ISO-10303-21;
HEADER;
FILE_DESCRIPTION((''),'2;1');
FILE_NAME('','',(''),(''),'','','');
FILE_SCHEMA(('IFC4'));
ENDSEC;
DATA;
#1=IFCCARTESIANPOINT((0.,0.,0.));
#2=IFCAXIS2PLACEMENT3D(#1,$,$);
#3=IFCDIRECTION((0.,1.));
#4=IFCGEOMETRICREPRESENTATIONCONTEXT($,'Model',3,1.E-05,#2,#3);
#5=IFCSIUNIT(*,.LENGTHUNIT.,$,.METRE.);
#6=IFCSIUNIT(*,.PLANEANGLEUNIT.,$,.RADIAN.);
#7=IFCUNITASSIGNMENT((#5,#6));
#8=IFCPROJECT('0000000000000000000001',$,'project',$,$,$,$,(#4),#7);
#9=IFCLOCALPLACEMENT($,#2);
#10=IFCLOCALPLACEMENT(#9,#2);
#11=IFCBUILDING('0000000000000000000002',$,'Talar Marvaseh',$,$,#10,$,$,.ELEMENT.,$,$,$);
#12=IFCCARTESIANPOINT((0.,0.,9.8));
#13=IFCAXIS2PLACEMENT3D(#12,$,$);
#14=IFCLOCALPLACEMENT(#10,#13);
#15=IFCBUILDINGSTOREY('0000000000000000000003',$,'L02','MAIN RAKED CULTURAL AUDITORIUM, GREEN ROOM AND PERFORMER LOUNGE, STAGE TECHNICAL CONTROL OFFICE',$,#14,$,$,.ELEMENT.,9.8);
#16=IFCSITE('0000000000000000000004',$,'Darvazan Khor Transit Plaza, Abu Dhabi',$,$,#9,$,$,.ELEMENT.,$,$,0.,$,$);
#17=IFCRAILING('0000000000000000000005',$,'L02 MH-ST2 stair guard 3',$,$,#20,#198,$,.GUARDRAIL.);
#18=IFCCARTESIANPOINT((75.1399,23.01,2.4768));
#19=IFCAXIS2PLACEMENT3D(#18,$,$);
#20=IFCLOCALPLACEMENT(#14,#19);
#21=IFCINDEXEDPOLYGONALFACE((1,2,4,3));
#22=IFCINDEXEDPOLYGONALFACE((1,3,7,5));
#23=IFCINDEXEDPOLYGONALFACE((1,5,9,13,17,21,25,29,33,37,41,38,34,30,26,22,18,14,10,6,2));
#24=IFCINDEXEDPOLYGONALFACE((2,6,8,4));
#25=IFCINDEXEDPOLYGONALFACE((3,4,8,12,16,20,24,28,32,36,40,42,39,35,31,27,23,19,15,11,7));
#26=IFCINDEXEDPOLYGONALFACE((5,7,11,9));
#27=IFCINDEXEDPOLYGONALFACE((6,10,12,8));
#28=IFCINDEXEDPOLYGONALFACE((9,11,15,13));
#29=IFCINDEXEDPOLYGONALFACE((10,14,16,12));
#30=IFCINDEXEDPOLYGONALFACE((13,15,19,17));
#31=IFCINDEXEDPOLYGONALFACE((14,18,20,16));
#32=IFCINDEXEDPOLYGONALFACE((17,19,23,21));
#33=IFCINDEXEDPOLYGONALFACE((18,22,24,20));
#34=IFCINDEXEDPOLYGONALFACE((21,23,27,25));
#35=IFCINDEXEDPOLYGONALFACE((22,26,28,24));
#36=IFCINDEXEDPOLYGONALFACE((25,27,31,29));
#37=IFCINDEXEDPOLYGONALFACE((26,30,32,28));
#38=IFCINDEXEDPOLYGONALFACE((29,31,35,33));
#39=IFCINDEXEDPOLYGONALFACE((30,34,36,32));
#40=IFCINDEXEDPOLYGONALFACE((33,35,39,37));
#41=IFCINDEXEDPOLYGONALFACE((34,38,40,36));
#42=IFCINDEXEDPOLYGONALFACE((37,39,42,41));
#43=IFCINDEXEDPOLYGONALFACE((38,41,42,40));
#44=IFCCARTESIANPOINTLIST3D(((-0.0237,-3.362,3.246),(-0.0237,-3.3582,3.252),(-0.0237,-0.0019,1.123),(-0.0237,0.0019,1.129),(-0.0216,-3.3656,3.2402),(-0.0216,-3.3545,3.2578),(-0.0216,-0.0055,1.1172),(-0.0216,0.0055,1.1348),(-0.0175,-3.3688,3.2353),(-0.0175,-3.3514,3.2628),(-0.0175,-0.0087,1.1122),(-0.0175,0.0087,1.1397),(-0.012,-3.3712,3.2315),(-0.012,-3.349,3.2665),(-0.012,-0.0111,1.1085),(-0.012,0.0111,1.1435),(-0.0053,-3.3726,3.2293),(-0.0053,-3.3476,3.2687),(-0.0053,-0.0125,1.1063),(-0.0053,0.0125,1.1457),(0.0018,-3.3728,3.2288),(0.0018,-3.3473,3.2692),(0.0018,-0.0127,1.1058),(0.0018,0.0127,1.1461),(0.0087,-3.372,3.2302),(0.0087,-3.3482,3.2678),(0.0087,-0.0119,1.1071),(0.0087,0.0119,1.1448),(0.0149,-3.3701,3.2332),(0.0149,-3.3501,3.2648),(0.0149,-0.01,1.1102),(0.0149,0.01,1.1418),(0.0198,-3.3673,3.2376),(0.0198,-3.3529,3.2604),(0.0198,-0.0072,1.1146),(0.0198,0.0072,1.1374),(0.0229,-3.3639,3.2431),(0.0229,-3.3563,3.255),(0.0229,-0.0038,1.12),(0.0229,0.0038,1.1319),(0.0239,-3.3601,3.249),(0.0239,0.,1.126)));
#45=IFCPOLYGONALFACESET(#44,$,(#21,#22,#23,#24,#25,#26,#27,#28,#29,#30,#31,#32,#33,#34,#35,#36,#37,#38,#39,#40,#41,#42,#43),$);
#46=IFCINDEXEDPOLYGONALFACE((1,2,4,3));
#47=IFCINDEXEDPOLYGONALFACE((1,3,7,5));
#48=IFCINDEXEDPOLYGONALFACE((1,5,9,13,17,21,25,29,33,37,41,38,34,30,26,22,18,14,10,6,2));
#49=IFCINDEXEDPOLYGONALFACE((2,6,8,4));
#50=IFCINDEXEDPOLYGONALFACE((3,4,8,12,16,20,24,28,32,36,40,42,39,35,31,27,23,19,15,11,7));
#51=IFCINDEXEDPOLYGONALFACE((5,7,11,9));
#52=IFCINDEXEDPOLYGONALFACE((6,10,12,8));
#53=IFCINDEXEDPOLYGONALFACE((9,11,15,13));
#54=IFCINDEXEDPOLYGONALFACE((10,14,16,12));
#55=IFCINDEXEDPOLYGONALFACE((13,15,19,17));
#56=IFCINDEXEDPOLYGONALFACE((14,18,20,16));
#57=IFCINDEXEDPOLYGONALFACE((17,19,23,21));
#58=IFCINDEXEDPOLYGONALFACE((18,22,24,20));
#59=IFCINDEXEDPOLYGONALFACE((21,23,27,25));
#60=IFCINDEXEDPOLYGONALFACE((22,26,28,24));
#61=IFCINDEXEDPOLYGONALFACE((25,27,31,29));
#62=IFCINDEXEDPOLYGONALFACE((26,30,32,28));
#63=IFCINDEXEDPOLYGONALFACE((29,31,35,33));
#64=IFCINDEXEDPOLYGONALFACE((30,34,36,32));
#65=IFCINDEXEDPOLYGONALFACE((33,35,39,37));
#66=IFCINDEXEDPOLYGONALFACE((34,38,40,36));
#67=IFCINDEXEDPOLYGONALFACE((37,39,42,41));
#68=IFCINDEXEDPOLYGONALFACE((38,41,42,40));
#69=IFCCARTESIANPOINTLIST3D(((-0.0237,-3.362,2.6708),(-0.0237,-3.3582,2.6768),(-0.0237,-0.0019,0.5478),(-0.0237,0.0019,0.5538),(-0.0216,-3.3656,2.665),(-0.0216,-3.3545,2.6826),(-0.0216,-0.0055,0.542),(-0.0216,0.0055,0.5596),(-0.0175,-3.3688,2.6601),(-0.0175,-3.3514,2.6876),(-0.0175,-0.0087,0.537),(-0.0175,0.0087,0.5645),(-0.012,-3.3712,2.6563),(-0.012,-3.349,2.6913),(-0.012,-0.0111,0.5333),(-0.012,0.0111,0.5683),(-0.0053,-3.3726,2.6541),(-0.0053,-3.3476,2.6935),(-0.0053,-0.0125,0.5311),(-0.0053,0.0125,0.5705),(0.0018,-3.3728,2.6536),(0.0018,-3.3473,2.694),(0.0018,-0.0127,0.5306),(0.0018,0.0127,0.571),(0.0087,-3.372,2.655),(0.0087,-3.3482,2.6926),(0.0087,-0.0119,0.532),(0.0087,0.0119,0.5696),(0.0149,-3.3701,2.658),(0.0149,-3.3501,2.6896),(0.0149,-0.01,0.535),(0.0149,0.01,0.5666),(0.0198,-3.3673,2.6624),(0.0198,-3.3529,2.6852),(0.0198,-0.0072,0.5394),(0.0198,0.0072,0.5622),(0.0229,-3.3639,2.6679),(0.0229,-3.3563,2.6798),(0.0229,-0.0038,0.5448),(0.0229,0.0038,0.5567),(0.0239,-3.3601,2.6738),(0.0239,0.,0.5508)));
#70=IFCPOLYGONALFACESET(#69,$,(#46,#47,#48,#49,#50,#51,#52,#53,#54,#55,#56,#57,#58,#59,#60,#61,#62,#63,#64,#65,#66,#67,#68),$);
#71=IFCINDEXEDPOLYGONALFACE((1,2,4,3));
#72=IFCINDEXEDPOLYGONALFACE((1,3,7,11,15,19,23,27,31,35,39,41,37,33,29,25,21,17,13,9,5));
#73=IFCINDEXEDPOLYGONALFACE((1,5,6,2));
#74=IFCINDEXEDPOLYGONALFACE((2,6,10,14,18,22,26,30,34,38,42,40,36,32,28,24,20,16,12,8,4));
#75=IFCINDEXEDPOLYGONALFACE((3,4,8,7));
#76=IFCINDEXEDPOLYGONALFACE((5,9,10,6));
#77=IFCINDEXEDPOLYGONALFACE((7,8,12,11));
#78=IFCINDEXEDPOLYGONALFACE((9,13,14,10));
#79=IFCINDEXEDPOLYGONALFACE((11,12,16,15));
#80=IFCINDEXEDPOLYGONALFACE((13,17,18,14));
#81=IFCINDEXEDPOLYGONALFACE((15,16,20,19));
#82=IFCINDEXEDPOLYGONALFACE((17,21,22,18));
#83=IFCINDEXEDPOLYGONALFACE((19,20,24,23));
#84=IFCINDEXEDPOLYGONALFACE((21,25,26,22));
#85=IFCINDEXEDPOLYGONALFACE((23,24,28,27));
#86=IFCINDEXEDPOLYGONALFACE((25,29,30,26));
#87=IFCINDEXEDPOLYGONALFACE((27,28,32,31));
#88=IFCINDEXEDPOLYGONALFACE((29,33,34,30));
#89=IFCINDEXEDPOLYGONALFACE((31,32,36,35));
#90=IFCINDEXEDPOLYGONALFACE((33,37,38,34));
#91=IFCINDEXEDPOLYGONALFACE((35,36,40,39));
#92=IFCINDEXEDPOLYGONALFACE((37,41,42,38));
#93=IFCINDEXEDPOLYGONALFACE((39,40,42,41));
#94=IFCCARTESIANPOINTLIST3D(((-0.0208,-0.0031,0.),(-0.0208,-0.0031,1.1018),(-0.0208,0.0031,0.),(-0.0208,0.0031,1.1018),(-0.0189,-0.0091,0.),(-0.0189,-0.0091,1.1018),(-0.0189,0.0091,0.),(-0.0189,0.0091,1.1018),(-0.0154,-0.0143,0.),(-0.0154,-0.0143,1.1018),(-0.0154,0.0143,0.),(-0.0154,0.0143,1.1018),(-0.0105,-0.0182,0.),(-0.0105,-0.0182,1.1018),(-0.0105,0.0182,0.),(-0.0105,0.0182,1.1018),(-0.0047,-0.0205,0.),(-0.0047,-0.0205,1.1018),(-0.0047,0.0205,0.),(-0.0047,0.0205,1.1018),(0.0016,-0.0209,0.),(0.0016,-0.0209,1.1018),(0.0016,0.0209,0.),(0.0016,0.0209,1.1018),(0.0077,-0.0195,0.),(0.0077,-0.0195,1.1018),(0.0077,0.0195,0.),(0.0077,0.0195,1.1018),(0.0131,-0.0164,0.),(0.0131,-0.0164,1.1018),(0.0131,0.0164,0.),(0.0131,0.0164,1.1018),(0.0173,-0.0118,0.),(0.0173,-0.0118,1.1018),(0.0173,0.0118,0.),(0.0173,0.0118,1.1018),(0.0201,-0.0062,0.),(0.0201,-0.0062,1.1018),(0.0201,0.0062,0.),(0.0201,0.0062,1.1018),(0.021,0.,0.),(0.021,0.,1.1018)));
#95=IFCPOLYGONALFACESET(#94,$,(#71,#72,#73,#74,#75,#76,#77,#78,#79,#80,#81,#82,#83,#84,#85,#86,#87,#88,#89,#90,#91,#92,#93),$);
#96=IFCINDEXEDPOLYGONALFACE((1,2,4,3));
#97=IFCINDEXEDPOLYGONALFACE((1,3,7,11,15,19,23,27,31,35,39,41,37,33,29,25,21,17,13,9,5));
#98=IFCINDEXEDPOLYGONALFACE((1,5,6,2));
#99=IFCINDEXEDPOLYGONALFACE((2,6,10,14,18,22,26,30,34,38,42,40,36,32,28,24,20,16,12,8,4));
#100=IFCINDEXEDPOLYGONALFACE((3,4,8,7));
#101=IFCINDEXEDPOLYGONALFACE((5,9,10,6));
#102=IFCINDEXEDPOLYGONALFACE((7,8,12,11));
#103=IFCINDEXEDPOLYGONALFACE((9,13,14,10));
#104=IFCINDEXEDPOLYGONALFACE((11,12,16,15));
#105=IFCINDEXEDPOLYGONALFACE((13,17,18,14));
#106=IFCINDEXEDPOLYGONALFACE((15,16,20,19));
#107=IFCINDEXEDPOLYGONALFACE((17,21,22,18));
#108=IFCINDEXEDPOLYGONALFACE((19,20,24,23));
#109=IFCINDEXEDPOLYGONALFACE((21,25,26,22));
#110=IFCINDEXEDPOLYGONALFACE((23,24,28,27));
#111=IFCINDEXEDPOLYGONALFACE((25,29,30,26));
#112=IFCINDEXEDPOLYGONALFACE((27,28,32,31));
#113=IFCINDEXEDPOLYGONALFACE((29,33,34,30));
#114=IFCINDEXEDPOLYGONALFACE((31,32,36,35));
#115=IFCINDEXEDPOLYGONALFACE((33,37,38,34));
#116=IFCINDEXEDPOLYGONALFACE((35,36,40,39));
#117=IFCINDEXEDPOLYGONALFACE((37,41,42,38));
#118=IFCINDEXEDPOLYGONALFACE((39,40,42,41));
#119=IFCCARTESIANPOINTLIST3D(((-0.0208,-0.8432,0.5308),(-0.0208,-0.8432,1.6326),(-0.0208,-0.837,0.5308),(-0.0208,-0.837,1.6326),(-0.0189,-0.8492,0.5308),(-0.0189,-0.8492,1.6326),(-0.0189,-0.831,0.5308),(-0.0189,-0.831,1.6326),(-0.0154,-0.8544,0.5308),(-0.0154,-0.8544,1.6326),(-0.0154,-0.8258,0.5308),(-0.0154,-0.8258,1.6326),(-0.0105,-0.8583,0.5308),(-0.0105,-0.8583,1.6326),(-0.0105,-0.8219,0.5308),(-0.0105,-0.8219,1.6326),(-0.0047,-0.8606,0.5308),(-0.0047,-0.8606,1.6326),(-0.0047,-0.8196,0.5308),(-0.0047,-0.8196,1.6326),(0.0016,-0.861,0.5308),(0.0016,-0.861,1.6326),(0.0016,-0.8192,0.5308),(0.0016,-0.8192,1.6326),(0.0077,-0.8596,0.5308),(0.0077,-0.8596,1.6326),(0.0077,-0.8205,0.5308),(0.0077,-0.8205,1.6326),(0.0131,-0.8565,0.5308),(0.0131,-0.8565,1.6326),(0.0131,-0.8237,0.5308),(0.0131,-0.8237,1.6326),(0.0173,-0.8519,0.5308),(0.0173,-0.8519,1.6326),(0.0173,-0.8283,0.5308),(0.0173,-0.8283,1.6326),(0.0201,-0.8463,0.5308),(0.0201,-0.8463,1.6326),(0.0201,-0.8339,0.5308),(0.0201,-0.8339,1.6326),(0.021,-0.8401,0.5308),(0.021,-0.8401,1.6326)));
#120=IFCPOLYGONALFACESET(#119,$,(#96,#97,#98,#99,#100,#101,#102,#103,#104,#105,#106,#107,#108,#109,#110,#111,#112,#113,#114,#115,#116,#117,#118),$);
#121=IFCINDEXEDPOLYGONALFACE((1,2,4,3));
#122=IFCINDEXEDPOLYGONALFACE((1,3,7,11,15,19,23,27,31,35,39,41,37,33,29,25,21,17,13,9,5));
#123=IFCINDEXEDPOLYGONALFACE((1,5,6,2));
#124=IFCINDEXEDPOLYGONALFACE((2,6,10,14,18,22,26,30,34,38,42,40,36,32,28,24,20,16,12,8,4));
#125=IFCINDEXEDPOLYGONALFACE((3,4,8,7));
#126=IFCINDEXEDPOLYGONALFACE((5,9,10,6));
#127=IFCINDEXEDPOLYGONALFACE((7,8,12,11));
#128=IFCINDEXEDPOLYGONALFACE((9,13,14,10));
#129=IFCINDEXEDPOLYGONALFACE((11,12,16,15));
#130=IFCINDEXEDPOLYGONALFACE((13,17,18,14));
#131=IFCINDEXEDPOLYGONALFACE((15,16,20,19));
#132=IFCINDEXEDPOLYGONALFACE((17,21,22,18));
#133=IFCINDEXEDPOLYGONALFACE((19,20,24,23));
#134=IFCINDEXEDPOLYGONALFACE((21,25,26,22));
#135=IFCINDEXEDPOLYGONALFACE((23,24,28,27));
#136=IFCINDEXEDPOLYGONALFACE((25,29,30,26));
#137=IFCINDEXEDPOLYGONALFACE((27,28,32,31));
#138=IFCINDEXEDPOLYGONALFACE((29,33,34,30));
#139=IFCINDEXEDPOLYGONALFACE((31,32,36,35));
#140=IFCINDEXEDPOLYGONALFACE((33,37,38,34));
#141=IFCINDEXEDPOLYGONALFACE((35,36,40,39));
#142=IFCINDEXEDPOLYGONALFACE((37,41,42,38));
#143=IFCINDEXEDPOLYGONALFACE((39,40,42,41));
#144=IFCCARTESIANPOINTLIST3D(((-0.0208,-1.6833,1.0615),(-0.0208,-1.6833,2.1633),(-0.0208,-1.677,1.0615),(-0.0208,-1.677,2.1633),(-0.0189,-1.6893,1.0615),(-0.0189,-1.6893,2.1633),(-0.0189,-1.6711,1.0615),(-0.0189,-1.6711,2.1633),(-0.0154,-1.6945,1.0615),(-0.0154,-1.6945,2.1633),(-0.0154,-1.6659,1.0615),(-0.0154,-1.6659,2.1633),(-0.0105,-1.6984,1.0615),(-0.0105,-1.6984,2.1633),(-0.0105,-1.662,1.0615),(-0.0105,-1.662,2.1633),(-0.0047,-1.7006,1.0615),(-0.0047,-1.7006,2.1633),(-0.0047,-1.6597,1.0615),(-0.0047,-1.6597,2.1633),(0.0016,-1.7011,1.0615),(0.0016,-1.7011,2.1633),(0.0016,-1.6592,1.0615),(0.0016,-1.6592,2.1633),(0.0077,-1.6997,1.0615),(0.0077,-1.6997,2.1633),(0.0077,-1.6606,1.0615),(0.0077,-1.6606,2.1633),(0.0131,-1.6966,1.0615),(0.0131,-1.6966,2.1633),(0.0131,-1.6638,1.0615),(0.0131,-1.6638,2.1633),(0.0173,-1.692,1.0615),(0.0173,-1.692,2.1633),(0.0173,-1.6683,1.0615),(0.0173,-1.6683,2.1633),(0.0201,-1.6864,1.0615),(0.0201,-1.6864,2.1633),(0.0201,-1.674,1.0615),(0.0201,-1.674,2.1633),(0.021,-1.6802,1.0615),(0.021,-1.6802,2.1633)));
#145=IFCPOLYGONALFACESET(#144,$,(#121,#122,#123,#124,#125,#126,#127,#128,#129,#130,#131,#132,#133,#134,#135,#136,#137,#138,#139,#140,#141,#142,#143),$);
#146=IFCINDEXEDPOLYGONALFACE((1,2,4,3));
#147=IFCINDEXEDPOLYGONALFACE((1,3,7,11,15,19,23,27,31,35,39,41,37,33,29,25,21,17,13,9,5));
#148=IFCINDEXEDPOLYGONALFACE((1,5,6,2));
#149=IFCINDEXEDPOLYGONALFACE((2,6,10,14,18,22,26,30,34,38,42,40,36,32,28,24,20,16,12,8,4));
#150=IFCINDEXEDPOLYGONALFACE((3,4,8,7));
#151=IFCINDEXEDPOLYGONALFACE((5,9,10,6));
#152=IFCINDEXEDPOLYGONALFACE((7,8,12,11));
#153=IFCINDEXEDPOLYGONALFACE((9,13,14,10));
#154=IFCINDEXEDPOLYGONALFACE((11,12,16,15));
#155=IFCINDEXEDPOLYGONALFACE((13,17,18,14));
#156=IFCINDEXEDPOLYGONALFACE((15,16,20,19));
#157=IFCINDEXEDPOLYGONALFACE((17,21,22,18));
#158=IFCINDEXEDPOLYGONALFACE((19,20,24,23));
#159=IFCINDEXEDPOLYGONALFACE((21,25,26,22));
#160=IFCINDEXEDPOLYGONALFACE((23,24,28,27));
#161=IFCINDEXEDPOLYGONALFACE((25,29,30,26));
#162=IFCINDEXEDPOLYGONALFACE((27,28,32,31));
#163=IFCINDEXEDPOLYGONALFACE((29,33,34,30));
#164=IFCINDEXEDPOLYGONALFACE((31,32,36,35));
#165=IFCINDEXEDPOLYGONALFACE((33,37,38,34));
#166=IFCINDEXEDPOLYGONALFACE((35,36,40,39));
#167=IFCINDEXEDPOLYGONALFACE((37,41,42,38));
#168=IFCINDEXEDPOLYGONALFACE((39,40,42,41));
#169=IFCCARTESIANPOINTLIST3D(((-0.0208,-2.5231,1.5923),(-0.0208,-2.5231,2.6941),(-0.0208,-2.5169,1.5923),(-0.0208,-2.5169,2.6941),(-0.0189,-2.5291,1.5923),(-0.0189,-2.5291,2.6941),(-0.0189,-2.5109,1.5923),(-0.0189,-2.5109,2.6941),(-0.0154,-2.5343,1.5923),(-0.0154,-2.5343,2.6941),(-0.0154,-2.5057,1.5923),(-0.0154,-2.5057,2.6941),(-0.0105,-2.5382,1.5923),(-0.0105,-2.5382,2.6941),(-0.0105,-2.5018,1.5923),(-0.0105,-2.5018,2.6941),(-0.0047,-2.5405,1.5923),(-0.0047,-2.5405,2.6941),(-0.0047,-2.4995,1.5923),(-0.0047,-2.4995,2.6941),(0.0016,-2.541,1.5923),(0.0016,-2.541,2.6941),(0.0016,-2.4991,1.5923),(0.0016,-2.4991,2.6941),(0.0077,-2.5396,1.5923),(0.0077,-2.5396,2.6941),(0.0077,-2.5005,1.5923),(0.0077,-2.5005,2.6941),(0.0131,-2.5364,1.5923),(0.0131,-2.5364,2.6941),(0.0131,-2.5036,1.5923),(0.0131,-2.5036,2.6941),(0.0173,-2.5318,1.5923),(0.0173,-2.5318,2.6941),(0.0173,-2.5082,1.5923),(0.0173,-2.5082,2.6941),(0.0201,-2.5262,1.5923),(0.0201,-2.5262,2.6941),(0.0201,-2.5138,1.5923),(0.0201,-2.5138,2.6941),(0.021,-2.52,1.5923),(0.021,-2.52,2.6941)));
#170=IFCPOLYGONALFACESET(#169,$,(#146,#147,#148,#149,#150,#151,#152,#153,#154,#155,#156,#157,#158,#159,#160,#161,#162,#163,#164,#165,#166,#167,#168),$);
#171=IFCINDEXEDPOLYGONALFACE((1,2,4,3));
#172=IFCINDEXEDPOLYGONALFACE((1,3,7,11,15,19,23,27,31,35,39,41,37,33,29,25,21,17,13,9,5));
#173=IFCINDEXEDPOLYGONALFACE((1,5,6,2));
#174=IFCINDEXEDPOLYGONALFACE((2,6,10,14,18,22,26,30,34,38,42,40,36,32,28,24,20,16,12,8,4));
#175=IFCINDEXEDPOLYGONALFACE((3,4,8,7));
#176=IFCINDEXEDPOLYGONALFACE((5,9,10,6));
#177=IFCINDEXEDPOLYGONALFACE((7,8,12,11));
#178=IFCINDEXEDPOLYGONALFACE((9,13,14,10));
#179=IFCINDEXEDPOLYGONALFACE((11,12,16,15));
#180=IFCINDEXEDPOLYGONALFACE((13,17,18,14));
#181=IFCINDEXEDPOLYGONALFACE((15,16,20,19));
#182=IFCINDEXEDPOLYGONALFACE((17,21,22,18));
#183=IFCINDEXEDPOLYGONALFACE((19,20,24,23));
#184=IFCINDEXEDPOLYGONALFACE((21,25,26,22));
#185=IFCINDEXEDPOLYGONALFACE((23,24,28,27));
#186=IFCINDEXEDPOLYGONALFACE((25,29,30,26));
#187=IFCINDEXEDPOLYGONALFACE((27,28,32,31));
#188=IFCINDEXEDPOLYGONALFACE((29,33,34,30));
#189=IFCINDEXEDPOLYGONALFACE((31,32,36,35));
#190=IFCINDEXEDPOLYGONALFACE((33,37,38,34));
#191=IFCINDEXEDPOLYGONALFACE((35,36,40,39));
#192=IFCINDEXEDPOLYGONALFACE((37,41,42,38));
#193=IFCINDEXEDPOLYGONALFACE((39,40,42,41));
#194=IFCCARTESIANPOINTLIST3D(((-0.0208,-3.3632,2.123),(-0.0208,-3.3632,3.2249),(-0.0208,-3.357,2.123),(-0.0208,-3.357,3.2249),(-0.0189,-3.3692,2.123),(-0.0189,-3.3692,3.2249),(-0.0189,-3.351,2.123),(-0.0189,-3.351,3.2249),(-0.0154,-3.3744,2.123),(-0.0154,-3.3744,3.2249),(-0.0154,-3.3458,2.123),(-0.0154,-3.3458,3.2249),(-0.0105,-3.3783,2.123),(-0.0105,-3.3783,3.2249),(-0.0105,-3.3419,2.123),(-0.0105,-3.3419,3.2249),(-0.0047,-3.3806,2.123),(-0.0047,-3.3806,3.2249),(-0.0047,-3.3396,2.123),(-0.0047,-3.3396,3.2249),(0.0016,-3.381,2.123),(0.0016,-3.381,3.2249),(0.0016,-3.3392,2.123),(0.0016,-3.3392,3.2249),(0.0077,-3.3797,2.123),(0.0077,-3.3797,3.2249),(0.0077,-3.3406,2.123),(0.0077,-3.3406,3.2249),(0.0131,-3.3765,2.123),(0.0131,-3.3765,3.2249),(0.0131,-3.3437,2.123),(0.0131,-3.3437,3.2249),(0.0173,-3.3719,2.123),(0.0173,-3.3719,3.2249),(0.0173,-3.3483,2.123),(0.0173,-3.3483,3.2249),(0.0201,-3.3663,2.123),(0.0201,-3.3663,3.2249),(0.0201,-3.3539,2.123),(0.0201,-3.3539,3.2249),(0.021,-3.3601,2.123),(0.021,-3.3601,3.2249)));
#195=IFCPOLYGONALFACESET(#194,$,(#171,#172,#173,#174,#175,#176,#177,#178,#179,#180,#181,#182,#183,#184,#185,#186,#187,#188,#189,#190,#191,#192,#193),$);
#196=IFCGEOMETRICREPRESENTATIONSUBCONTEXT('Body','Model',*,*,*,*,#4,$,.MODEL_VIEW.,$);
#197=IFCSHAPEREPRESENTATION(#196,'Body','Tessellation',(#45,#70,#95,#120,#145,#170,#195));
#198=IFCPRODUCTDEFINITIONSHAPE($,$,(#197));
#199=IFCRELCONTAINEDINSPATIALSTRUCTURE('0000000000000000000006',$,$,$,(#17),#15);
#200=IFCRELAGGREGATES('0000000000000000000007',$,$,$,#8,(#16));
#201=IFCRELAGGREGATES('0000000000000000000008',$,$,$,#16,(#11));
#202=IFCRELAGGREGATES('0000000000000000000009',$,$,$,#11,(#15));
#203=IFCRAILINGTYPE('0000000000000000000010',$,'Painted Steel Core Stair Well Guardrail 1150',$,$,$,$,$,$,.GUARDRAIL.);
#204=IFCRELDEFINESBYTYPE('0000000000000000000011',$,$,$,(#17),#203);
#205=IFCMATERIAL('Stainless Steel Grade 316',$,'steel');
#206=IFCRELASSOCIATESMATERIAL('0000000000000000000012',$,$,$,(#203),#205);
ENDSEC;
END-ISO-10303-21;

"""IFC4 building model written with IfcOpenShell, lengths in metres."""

from ifc_helpers import new_model, si_unit, direction, frame, origin, origin_2d, place, context, subcontext, project, spatial, circle, extrude, material, type_object, element, save


model = new_model("IFC4")

# Units and contexts
model_context = context("Model", 3, precision=1e-05, world=origin(), true_north=direction((0.0, 1.0)))
body_context = subcontext(model_context, "Body", "Model", "MODEL_VIEW")
ifc_project = project(units=[si_unit("LENGTHUNIT", "METRE"), si_unit("PLANEANGLEUNIT", "RADIAN")], contexts=[model_context])

# Site, building, storey
site_placement = place(None, origin())
site = spatial("IfcSite", under=ifc_project, at=site_placement, Name="Darvazan Khor Transit Plaza, Abu Dhabi", CompositionType="ELEMENT", RefElevation=0.0)
building_placement = place(site_placement, origin())
building = spatial("IfcBuilding", under=site, at=building_placement, Name="Talar Marvaseh", CompositionType="ELEMENT")
storey_placement = place(building_placement, frame((0.0, 0.0, 9.8)))
storey = spatial("IfcBuildingStorey", under=building, at=storey_placement, Name="L02", Description="MAIN RAKED CULTURAL AUDITORIUM, GREEN ROOM AND PERFORMER LOUNGE, STAGE TECHNICAL CONTROL OFFICE", CompositionType="ELEMENT", Elevation=9.8)

# Railing
ifc_material_1 = material(Name="Stainless Steel Grade 316", Category="steel")
railing_type_1 = type_object("IfcRailingType", Name="Painted Steel Core Stair Well Guardrail 1150", PredefinedType="GUARDRAIL", material=ifc_material_1)
railing_1_placement = place(storey_placement, frame((75.1399, 23.01, 2.4768)))
element("IfcRailing", 1, at=railing_1_placement, inside=storey, type_object=railing_type_1, Name="L02 MH-ST2 stair guard 3", PredefinedType="GUARDRAIL", context=body_context, shape_type="SweptSolid", body=[
    extrude(circle(Radius=0.0239, at=origin_2d()), frame((0.0, 0.0, 1.126), z_axis=(0.0, -0.84539, 0.53415), x_axis=(1.0, 0.0, 0.0)), (0.0, 0.0, 1.0), 3.9746),
    extrude(circle(Radius=0.0239, at=origin_2d()), frame((0.0, 0.0, 0.5508), z_axis=(0.0, -0.84539, 0.53415), x_axis=(1.0, 0.0, 0.0)), (0.0, 0.0, 1.0), 3.9746),
    extrude(circle(Radius=0.021, at=origin_2d()), origin(), (0.0, 0.0, 1.0), 1.1018),
    extrude(circle(Radius=0.021, at=origin_2d()), frame((0.0, -0.8401, 0.5308)), (0.0, 0.0, 1.0), 1.1018),
    extrude(circle(Radius=0.021, at=origin_2d()), frame((0.0, -1.6802, 1.0615)), (0.0, 0.0, 1.0), 1.1018),
    extrude(circle(Radius=0.021, at=origin_2d()), frame((0.0, -2.52, 1.5923)), (0.0, 0.0, 1.0), 1.1018),
    extrude(circle(Radius=0.021, at=origin_2d()), frame((0.0, -3.3601, 2.123)), (0.0, 0.0, 1.0), 1.1018),
])

save(model, "model.ifc")
